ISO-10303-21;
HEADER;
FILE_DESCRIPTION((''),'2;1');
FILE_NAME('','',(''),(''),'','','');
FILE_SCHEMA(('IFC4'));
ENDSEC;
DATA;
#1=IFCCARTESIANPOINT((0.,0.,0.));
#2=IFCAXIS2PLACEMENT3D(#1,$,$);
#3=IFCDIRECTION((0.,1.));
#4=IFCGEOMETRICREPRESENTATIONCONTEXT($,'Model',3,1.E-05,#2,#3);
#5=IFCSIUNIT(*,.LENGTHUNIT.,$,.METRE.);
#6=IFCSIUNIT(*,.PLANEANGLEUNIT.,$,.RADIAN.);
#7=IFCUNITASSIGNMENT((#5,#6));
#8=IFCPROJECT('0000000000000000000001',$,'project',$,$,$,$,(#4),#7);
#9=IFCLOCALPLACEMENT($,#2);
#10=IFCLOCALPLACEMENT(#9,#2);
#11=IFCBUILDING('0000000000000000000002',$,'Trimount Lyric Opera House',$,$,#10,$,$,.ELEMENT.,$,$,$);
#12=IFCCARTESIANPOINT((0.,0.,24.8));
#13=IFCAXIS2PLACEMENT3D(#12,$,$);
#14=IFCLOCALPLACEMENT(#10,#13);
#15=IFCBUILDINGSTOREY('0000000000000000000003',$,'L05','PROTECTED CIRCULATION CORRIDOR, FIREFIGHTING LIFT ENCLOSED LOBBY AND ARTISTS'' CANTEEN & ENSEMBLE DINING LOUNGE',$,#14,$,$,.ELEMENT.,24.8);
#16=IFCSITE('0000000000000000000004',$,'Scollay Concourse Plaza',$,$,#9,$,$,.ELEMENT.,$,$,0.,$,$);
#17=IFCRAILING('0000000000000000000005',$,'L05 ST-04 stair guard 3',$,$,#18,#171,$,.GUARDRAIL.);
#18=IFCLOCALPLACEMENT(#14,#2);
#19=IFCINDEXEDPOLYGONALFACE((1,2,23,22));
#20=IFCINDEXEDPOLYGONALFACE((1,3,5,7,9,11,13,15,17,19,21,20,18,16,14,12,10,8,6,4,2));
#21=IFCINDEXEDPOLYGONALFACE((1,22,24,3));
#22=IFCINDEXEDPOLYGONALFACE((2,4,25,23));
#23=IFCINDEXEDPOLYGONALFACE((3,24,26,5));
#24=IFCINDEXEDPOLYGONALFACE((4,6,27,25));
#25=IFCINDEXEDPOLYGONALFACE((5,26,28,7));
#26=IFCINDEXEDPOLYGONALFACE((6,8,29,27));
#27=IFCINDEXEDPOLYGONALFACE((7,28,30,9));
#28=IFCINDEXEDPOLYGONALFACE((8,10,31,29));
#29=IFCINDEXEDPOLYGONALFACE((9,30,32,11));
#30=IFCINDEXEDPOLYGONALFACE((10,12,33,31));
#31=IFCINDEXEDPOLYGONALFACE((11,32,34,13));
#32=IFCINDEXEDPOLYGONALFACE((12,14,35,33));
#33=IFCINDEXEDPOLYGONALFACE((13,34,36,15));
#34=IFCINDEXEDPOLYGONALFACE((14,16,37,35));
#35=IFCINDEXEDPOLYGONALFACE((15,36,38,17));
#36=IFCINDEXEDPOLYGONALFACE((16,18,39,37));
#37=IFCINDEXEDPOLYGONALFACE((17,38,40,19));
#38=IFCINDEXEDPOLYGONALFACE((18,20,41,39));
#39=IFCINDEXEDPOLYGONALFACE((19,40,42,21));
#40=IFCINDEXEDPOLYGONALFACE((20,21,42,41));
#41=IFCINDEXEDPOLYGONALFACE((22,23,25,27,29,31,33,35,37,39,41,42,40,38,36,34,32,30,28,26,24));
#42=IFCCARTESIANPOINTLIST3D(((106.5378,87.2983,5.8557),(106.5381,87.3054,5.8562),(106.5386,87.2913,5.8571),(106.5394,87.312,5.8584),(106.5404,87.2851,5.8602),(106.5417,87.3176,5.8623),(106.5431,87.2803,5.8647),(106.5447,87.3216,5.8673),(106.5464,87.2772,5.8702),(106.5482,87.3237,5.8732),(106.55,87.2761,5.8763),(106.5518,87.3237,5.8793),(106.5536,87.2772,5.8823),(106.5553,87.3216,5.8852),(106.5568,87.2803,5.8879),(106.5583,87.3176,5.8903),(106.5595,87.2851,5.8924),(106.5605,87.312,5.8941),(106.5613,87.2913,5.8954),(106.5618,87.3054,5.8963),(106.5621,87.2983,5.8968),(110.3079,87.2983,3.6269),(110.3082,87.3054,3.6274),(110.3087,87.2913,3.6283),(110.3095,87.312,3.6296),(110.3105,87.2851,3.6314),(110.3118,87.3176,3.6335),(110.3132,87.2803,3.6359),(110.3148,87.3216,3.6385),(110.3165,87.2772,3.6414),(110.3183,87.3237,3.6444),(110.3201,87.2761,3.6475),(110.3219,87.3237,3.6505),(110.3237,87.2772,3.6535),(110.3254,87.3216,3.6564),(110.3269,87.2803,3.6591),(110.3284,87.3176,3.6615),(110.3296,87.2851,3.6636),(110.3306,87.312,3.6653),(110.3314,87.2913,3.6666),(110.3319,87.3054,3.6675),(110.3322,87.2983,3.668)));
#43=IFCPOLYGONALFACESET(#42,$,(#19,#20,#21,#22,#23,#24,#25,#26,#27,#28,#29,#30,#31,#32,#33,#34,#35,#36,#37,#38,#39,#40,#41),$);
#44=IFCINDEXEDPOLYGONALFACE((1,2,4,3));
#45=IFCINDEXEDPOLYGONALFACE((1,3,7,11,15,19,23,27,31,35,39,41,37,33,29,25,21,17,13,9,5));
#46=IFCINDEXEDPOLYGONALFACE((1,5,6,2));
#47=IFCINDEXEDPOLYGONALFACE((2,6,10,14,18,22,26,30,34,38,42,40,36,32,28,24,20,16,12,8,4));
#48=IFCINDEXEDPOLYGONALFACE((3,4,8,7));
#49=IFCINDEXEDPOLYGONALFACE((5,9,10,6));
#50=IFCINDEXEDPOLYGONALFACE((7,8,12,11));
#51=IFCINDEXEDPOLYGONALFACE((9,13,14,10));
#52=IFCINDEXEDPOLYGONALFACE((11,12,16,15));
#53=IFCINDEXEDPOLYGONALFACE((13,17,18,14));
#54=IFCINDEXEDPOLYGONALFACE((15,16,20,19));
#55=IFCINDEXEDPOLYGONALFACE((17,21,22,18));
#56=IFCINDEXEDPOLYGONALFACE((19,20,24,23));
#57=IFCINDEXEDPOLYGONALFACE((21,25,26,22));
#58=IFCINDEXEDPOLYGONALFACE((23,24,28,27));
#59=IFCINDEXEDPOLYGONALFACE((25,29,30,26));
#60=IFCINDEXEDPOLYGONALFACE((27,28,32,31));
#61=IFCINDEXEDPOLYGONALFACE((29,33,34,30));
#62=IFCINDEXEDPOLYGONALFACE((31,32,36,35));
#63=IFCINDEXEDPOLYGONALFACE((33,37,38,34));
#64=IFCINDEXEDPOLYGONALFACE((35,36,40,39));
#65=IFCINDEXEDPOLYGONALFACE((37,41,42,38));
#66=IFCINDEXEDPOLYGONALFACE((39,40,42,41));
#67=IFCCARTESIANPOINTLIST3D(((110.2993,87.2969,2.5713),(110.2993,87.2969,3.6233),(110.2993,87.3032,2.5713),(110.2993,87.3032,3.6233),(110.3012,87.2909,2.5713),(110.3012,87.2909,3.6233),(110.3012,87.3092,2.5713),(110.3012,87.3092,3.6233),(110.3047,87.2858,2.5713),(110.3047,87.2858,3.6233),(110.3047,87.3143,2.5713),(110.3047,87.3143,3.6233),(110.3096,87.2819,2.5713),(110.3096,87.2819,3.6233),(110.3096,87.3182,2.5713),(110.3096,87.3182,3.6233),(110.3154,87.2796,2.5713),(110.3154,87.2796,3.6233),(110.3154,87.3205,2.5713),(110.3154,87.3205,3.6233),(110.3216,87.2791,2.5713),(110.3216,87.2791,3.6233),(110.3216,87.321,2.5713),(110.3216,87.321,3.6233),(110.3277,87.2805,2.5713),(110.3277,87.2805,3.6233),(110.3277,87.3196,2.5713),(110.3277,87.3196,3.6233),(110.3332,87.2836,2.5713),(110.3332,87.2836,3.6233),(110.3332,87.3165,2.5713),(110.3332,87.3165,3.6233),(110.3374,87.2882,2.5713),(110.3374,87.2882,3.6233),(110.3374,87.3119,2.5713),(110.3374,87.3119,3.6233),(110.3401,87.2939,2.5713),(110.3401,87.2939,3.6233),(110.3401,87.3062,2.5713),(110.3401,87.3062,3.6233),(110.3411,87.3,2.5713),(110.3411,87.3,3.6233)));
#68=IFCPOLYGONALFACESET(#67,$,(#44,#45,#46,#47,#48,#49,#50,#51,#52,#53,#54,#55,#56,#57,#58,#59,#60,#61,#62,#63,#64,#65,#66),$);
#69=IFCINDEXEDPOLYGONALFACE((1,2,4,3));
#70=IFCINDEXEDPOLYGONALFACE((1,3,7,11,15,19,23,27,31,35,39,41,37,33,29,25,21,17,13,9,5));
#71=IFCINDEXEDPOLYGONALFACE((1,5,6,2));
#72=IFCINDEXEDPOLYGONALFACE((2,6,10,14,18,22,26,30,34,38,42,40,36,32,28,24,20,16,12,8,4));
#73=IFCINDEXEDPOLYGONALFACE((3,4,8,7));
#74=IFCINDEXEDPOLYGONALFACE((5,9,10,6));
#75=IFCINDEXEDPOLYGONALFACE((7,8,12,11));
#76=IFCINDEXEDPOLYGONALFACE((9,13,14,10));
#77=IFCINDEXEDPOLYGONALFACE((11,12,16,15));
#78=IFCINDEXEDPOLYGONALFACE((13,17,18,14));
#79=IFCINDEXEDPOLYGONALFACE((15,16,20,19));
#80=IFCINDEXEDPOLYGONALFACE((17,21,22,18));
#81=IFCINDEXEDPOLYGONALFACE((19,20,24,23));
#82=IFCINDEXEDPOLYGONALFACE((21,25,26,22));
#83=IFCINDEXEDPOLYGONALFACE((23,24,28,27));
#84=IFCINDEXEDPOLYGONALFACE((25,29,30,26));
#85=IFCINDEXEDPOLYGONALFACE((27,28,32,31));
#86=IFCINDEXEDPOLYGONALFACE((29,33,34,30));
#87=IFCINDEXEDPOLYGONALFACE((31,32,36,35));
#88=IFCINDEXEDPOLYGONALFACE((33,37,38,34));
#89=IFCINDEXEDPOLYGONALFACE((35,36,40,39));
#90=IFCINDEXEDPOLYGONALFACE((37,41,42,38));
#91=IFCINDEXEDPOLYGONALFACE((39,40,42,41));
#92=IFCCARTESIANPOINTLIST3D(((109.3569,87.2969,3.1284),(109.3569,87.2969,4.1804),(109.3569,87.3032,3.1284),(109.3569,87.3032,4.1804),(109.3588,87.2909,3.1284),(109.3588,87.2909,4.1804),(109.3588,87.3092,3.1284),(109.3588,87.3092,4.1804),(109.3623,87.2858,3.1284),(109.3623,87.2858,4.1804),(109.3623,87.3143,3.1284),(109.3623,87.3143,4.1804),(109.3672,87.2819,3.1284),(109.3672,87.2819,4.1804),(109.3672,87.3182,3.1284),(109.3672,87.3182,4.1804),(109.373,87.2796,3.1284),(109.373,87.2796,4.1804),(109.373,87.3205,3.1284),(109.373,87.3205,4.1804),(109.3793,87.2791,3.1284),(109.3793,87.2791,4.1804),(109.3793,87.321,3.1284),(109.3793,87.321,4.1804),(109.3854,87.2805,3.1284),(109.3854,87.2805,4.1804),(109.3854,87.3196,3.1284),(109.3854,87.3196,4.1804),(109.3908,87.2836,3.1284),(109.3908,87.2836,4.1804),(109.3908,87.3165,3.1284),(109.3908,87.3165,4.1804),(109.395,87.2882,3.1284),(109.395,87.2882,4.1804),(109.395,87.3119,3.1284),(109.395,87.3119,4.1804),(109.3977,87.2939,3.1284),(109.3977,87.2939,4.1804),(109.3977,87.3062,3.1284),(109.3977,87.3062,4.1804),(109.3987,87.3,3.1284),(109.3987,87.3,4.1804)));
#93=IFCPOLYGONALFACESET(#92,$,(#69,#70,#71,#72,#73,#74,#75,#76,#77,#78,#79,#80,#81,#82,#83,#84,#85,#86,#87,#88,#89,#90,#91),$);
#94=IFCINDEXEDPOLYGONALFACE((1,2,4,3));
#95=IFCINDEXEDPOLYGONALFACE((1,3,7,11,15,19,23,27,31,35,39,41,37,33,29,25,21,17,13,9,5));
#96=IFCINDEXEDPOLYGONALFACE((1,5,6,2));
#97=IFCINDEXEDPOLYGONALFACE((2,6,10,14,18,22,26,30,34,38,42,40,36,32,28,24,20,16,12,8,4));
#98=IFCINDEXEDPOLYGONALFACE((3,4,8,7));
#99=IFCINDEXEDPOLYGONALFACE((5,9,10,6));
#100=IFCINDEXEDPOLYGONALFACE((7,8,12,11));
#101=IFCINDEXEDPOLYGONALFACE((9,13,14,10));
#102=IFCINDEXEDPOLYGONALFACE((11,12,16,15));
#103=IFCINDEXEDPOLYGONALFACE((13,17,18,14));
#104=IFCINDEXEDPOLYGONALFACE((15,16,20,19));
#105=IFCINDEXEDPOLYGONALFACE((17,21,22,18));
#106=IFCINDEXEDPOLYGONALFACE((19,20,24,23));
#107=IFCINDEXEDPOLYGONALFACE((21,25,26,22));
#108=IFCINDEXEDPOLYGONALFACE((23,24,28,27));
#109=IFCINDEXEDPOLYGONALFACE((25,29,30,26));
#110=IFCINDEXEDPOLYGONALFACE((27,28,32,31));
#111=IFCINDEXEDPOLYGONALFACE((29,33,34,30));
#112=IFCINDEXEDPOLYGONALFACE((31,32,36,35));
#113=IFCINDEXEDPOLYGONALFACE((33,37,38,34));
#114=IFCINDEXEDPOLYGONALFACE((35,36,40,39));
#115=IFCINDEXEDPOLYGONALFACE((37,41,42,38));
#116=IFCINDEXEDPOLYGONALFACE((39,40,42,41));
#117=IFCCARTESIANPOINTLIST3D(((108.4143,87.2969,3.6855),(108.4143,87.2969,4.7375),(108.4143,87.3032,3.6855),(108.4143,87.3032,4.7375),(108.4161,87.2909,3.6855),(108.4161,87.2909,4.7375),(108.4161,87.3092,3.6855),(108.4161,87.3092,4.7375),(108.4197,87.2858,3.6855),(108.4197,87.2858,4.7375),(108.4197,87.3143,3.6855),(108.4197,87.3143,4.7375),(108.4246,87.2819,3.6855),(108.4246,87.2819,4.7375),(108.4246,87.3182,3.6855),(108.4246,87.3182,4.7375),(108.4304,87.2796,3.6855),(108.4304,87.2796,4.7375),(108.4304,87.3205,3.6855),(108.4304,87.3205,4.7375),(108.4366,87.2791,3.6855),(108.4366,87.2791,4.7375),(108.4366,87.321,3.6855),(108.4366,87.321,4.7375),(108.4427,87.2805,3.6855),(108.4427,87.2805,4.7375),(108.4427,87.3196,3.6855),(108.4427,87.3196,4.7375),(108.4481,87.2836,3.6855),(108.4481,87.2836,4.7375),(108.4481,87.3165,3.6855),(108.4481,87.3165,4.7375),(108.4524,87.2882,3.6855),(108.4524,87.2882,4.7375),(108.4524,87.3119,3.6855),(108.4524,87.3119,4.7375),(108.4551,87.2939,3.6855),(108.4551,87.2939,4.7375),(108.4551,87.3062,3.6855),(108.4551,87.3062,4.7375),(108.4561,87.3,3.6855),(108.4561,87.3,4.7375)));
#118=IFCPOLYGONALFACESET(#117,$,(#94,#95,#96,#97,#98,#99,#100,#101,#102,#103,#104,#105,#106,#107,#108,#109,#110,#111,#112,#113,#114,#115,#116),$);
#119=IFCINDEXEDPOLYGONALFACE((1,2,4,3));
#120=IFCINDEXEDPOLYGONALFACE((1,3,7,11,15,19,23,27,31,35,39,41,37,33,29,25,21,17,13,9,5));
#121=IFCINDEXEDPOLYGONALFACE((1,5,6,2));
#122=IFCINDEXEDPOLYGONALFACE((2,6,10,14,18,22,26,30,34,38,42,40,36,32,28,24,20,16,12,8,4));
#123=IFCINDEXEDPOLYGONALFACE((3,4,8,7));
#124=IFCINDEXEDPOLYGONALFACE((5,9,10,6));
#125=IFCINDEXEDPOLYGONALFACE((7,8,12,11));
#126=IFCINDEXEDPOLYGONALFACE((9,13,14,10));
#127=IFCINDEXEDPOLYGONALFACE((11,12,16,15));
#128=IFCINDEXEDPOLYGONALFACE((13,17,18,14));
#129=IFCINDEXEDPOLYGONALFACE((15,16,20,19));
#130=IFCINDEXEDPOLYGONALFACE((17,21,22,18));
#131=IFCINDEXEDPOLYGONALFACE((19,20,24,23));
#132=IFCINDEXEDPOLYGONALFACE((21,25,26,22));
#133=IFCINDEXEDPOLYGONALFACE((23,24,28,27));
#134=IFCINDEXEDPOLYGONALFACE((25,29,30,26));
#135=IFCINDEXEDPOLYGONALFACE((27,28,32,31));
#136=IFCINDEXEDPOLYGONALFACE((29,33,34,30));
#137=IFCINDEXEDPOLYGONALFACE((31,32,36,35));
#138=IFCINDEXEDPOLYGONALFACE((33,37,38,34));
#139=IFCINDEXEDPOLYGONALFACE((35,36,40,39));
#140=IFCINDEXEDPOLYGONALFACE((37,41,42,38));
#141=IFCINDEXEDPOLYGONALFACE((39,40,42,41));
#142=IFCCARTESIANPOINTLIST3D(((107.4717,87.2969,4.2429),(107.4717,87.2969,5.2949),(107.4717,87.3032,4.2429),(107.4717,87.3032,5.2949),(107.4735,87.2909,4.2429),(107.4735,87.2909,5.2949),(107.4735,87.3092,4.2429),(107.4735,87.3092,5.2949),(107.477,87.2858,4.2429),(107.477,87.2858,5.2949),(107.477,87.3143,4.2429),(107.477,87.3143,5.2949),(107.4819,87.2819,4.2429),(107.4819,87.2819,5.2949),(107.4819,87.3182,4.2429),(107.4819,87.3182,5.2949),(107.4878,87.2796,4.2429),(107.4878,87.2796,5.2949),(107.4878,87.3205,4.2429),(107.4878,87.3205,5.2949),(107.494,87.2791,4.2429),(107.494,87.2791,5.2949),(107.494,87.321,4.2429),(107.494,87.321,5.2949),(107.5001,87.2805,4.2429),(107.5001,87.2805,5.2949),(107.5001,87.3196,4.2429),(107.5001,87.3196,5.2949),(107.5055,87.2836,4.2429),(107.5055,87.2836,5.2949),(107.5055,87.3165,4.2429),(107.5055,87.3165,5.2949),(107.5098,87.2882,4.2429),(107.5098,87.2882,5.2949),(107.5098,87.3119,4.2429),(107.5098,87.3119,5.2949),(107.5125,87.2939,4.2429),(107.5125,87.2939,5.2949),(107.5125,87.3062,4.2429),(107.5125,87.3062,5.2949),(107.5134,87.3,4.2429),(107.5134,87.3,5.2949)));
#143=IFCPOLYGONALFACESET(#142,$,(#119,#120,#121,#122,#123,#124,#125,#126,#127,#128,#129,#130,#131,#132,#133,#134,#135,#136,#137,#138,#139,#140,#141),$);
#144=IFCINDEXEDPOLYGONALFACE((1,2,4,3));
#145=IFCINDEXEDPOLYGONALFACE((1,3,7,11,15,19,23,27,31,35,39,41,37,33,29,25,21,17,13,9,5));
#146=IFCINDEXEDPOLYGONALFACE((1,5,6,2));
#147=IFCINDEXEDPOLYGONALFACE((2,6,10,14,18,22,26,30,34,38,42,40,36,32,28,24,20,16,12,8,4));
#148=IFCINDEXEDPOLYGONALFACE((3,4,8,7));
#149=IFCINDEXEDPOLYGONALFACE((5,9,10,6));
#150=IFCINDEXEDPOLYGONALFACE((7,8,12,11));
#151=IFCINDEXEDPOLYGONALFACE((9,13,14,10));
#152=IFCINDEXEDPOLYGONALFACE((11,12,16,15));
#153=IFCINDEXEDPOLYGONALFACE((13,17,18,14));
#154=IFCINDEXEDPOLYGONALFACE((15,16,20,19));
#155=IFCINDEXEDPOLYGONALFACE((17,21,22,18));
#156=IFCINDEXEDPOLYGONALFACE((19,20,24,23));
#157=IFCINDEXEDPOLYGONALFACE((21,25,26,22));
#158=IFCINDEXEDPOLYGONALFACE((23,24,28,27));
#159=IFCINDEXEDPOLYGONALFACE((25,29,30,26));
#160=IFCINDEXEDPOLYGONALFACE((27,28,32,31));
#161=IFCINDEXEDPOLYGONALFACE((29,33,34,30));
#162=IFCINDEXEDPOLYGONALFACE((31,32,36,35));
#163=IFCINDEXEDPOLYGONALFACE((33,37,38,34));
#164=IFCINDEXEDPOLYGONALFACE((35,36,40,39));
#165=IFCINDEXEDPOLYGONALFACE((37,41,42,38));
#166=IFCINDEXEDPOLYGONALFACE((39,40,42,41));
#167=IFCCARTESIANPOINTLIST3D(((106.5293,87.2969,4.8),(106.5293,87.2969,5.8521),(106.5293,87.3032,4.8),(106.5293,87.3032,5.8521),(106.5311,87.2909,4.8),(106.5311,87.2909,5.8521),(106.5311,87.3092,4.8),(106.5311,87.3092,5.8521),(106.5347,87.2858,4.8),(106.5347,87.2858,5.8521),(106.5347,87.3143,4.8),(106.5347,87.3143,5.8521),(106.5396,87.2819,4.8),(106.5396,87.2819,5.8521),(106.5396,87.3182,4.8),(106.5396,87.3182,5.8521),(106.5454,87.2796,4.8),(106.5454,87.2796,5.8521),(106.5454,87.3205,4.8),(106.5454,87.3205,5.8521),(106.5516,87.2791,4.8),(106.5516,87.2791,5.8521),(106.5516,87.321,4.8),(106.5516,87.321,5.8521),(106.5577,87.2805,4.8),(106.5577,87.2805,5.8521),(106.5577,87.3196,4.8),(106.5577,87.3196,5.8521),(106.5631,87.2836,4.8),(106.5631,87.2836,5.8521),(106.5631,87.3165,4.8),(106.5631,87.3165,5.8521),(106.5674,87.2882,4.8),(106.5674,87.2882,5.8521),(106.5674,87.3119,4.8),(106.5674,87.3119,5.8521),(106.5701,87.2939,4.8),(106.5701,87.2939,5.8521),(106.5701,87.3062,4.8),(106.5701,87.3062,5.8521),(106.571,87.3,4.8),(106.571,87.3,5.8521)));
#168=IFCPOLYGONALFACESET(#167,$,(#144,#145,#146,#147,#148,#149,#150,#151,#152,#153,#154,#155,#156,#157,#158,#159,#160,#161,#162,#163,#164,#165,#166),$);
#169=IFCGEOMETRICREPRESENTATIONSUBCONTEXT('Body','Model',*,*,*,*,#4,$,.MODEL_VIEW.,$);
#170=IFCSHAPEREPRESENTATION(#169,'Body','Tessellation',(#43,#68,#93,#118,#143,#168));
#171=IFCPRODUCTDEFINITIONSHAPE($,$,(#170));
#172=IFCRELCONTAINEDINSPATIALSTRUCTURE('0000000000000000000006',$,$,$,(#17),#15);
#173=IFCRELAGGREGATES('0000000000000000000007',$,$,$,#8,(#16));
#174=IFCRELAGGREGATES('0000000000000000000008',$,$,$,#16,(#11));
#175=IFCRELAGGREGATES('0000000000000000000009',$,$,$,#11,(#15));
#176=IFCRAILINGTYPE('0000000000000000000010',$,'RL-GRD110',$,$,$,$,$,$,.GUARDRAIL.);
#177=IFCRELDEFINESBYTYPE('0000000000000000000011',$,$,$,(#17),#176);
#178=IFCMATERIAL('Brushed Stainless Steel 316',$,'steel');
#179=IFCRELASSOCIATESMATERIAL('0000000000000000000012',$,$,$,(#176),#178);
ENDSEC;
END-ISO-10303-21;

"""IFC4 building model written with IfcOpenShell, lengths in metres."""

from ifc_helpers import new_model, si_unit, direction, frame, origin, origin_2d, place, context, subcontext, project, spatial, circle, extrude, material, type_object, element, save


model = new_model("IFC4")

# Units and contexts
model_context = context("Model", 3, precision=1e-05, world=origin(), true_north=direction((0.0, 1.0)))
body_context = subcontext(model_context, "Body", "Model", "MODEL_VIEW")
ifc_project = project(units=[si_unit("LENGTHUNIT", "METRE"), si_unit("PLANEANGLEUNIT", "RADIAN")], contexts=[model_context])

# Site, building, storey
site_placement = place(None, origin())
site = spatial("IfcSite", under=ifc_project, at=site_placement, Name="Scollay Concourse Plaza", CompositionType="ELEMENT", RefElevation=0.0)
building_placement = place(site_placement, origin())
building = spatial("IfcBuilding", under=site, at=building_placement, Name="Trimount Lyric Opera House", CompositionType="ELEMENT")
storey_placement = place(building_placement, frame((0.0, 0.0, 24.8)))
storey = spatial("IfcBuildingStorey", under=building, at=storey_placement, Name="L05", Description="PROTECTED CIRCULATION CORRIDOR, FIREFIGHTING LIFT ENCLOSED LOBBY AND ARTISTS' CANTEEN & ENSEMBLE DINING LOUNGE", CompositionType="ELEMENT", Elevation=24.8)

# Railing
ifc_material_1 = material(Name="Brushed Stainless Steel 316", Category="steel")
railing_type_1 = type_object("IfcRailingType", Name="RL-GRD110", PredefinedType="GUARDRAIL", material=ifc_material_1)
railing_1_placement = place(storey_placement, frame((110.3201, 87.3, 2.5713)))
element("IfcRailing", 1, at=railing_1_placement, inside=storey, type_object=railing_type_1, Name="L05 ST-04 stair guard 3", PredefinedType="GUARDRAIL", context=body_context, shape_type="SweptSolid", body=[
    extrude(circle(Radius=0.0239, at=origin_2d()), frame((0.0, 0.0, 1.0762), z_axis=(-0.860824, 0.0, 0.508902), x_axis=(0.0, -1.0, 0.0)), (0.0, 0.0, 1.0), 4.3796),
    extrude(circle(Radius=0.021, at=origin_2d()), origin(), (0.0, 0.0, 1.0), 1.052),
    extrude(circle(Radius=0.021, at=origin_2d()), frame((-0.9424, 0.0, 0.5571)), (0.0, 0.0, 1.0), 1.052),
    extrude(circle(Radius=0.021, at=origin_2d()), frame((-1.885, 0.0, 1.1143)), (0.0, 0.0, 1.0), 1.052),
    extrude(circle(Radius=0.021, at=origin_2d()), frame((-2.8276, 0.0, 1.6716)), (0.0, 0.0, 1.0), 1.052),
    extrude(circle(Radius=0.021, at=origin_2d()), frame((-3.77, 0.0, 2.2288)), (0.0, 0.0, 1.0), 1.052),
])

save(model, "model.ifc")
